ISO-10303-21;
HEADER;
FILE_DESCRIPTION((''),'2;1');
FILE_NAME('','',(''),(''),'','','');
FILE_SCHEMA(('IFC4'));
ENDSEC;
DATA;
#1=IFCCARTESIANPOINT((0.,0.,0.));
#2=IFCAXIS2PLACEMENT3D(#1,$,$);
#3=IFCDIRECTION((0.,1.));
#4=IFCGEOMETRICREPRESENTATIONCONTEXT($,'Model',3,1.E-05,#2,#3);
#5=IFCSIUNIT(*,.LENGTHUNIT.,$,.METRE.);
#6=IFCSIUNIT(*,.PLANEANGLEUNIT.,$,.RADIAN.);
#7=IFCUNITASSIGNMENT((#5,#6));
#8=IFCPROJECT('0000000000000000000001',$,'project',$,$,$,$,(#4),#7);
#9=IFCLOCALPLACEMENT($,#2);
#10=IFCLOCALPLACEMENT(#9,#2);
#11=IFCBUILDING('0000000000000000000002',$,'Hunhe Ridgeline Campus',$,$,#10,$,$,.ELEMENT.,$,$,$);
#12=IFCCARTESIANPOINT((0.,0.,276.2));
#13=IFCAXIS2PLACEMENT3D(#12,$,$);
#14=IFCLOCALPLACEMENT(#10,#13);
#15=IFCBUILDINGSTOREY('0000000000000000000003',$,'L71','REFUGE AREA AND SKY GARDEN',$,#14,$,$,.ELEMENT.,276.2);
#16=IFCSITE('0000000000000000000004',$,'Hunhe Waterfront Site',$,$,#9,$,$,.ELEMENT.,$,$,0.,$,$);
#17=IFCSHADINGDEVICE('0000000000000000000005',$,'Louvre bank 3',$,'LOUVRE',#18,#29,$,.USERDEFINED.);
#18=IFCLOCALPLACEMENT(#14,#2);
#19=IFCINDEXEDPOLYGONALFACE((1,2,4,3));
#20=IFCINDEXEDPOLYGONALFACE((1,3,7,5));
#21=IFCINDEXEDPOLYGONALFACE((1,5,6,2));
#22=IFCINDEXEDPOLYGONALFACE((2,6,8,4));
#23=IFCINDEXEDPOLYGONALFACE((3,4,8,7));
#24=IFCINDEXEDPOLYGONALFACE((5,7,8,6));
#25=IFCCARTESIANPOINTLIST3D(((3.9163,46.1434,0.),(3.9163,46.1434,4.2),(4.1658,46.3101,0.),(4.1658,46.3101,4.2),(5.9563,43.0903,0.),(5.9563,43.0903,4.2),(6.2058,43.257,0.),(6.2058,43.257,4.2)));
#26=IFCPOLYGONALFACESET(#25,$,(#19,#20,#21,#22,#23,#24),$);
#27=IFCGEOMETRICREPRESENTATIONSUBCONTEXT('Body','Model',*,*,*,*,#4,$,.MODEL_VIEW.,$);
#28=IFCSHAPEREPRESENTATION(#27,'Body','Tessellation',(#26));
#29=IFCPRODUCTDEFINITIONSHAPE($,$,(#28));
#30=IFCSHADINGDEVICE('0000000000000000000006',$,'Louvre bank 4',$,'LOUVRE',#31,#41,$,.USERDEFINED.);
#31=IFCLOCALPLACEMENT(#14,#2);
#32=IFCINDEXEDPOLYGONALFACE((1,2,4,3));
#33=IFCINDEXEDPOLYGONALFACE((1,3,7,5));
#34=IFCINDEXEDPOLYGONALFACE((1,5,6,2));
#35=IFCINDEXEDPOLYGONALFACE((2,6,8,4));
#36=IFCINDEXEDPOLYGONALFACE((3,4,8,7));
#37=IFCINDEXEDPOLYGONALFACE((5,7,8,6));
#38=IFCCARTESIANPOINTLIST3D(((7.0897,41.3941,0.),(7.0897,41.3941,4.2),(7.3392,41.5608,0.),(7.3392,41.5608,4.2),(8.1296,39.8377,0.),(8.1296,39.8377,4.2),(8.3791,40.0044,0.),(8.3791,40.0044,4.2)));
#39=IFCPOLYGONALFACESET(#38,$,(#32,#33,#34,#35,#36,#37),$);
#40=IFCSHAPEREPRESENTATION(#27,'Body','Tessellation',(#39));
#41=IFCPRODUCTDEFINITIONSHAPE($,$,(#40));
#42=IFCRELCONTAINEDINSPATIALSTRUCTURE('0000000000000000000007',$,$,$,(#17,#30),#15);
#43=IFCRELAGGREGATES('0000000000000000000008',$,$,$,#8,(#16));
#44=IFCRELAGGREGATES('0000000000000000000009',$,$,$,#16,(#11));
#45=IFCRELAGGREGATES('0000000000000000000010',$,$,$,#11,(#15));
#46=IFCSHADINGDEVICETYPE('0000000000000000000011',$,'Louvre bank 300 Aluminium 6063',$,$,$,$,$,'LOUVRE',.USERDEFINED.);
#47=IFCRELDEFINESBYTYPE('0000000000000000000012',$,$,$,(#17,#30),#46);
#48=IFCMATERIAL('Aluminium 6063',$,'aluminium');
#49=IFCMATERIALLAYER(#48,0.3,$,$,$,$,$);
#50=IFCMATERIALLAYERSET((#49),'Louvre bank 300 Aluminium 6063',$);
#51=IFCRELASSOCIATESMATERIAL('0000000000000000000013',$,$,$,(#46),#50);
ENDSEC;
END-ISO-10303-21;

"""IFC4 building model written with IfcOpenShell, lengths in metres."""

from ifc_helpers import new_model, si_unit, direction, frame, origin, origin_2d, place, context, subcontext, project, spatial, rectangle, extrude, material, layer, layer_set, type_object, element, save


model = new_model("IFC4")

# Units and contexts
model_context = context("Model", 3, precision=1e-05, world=origin(), true_north=direction((0.0, 1.0)))
body_context = subcontext(model_context, "Body", "Model", "MODEL_VIEW")
ifc_project = project(units=[si_unit("LENGTHUNIT", "METRE"), si_unit("PLANEANGLEUNIT", "RADIAN")], contexts=[model_context])

# Site, building, storey
site_placement = place(None, origin())
site = spatial("IfcSite", under=ifc_project, at=site_placement, Name="Hunhe Waterfront Site", CompositionType="ELEMENT", RefElevation=0.0)
building_placement = place(site_placement, origin())
building = spatial("IfcBuilding", under=site, at=building_placement, Name="Hunhe Ridgeline Campus", CompositionType="ELEMENT")
storey_placement = place(building_placement, frame((0.0, 0.0, 276.2)))
storey = spatial("IfcBuildingStorey", under=building, at=storey_placement, Name="L71", Description="REFUGE AREA AND SKY GARDEN", CompositionType="ELEMENT", Elevation=276.2)

# Shared definitions
ifc_material_1 = material(Name="Aluminium 6063", Category="aluminium")

# Shading devices
ifc_layer_1 = layer(ifc_material_1, 0.3)
ifc_layer_set_1 = layer_set([ifc_layer_1], Name="Louvre bank 300 Aluminium 6063")
shading_device_type = type_object("IfcShadingDeviceType", Name="Louvre bank 300 Aluminium 6063", ElementType="LOUVRE", PredefinedType="USERDEFINED", material=ifc_layer_set_1)
shading_device_1_placement = place(storey_placement, frame((5.061, 44.7002, 0.0), z_axis=(0.0, 0.0, 1.0), x_axis=(0.55557, -0.83147, 0.0)))
element("IfcShadingDevice", 1, at=shading_device_1_placement, inside=storey, type_object=shading_device_type, Name="Louvre bank 3", ObjectType="LOUVRE", PredefinedType="USERDEFINED", context=body_context, shape_type="SweptSolid", body=[
    extrude(rectangle(XDim=3.6719, YDim=0.3, at=origin_2d()), origin(), (0.0, 0.0, 1.0), 4.2),
])
shading_device_2_placement = place(storey_placement, frame((7.7344, 40.6992, 0.0), z_axis=(0.0, 0.0, 1.0), x_axis=(0.55557, -0.83147, 0.0)))
element("IfcShadingDevice", 2, at=shading_device_2_placement, inside=storey, type_object=shading_device_type, Name="Louvre bank 4", ObjectType="LOUVRE", PredefinedType="USERDEFINED", context=body_context, shape_type="SweptSolid", body=[
    extrude(rectangle(XDim=1.8718, YDim=0.3, at=origin_2d()), origin(), (0.0, 0.0, 1.0), 4.2),
])

save(model, "model.ifc")
